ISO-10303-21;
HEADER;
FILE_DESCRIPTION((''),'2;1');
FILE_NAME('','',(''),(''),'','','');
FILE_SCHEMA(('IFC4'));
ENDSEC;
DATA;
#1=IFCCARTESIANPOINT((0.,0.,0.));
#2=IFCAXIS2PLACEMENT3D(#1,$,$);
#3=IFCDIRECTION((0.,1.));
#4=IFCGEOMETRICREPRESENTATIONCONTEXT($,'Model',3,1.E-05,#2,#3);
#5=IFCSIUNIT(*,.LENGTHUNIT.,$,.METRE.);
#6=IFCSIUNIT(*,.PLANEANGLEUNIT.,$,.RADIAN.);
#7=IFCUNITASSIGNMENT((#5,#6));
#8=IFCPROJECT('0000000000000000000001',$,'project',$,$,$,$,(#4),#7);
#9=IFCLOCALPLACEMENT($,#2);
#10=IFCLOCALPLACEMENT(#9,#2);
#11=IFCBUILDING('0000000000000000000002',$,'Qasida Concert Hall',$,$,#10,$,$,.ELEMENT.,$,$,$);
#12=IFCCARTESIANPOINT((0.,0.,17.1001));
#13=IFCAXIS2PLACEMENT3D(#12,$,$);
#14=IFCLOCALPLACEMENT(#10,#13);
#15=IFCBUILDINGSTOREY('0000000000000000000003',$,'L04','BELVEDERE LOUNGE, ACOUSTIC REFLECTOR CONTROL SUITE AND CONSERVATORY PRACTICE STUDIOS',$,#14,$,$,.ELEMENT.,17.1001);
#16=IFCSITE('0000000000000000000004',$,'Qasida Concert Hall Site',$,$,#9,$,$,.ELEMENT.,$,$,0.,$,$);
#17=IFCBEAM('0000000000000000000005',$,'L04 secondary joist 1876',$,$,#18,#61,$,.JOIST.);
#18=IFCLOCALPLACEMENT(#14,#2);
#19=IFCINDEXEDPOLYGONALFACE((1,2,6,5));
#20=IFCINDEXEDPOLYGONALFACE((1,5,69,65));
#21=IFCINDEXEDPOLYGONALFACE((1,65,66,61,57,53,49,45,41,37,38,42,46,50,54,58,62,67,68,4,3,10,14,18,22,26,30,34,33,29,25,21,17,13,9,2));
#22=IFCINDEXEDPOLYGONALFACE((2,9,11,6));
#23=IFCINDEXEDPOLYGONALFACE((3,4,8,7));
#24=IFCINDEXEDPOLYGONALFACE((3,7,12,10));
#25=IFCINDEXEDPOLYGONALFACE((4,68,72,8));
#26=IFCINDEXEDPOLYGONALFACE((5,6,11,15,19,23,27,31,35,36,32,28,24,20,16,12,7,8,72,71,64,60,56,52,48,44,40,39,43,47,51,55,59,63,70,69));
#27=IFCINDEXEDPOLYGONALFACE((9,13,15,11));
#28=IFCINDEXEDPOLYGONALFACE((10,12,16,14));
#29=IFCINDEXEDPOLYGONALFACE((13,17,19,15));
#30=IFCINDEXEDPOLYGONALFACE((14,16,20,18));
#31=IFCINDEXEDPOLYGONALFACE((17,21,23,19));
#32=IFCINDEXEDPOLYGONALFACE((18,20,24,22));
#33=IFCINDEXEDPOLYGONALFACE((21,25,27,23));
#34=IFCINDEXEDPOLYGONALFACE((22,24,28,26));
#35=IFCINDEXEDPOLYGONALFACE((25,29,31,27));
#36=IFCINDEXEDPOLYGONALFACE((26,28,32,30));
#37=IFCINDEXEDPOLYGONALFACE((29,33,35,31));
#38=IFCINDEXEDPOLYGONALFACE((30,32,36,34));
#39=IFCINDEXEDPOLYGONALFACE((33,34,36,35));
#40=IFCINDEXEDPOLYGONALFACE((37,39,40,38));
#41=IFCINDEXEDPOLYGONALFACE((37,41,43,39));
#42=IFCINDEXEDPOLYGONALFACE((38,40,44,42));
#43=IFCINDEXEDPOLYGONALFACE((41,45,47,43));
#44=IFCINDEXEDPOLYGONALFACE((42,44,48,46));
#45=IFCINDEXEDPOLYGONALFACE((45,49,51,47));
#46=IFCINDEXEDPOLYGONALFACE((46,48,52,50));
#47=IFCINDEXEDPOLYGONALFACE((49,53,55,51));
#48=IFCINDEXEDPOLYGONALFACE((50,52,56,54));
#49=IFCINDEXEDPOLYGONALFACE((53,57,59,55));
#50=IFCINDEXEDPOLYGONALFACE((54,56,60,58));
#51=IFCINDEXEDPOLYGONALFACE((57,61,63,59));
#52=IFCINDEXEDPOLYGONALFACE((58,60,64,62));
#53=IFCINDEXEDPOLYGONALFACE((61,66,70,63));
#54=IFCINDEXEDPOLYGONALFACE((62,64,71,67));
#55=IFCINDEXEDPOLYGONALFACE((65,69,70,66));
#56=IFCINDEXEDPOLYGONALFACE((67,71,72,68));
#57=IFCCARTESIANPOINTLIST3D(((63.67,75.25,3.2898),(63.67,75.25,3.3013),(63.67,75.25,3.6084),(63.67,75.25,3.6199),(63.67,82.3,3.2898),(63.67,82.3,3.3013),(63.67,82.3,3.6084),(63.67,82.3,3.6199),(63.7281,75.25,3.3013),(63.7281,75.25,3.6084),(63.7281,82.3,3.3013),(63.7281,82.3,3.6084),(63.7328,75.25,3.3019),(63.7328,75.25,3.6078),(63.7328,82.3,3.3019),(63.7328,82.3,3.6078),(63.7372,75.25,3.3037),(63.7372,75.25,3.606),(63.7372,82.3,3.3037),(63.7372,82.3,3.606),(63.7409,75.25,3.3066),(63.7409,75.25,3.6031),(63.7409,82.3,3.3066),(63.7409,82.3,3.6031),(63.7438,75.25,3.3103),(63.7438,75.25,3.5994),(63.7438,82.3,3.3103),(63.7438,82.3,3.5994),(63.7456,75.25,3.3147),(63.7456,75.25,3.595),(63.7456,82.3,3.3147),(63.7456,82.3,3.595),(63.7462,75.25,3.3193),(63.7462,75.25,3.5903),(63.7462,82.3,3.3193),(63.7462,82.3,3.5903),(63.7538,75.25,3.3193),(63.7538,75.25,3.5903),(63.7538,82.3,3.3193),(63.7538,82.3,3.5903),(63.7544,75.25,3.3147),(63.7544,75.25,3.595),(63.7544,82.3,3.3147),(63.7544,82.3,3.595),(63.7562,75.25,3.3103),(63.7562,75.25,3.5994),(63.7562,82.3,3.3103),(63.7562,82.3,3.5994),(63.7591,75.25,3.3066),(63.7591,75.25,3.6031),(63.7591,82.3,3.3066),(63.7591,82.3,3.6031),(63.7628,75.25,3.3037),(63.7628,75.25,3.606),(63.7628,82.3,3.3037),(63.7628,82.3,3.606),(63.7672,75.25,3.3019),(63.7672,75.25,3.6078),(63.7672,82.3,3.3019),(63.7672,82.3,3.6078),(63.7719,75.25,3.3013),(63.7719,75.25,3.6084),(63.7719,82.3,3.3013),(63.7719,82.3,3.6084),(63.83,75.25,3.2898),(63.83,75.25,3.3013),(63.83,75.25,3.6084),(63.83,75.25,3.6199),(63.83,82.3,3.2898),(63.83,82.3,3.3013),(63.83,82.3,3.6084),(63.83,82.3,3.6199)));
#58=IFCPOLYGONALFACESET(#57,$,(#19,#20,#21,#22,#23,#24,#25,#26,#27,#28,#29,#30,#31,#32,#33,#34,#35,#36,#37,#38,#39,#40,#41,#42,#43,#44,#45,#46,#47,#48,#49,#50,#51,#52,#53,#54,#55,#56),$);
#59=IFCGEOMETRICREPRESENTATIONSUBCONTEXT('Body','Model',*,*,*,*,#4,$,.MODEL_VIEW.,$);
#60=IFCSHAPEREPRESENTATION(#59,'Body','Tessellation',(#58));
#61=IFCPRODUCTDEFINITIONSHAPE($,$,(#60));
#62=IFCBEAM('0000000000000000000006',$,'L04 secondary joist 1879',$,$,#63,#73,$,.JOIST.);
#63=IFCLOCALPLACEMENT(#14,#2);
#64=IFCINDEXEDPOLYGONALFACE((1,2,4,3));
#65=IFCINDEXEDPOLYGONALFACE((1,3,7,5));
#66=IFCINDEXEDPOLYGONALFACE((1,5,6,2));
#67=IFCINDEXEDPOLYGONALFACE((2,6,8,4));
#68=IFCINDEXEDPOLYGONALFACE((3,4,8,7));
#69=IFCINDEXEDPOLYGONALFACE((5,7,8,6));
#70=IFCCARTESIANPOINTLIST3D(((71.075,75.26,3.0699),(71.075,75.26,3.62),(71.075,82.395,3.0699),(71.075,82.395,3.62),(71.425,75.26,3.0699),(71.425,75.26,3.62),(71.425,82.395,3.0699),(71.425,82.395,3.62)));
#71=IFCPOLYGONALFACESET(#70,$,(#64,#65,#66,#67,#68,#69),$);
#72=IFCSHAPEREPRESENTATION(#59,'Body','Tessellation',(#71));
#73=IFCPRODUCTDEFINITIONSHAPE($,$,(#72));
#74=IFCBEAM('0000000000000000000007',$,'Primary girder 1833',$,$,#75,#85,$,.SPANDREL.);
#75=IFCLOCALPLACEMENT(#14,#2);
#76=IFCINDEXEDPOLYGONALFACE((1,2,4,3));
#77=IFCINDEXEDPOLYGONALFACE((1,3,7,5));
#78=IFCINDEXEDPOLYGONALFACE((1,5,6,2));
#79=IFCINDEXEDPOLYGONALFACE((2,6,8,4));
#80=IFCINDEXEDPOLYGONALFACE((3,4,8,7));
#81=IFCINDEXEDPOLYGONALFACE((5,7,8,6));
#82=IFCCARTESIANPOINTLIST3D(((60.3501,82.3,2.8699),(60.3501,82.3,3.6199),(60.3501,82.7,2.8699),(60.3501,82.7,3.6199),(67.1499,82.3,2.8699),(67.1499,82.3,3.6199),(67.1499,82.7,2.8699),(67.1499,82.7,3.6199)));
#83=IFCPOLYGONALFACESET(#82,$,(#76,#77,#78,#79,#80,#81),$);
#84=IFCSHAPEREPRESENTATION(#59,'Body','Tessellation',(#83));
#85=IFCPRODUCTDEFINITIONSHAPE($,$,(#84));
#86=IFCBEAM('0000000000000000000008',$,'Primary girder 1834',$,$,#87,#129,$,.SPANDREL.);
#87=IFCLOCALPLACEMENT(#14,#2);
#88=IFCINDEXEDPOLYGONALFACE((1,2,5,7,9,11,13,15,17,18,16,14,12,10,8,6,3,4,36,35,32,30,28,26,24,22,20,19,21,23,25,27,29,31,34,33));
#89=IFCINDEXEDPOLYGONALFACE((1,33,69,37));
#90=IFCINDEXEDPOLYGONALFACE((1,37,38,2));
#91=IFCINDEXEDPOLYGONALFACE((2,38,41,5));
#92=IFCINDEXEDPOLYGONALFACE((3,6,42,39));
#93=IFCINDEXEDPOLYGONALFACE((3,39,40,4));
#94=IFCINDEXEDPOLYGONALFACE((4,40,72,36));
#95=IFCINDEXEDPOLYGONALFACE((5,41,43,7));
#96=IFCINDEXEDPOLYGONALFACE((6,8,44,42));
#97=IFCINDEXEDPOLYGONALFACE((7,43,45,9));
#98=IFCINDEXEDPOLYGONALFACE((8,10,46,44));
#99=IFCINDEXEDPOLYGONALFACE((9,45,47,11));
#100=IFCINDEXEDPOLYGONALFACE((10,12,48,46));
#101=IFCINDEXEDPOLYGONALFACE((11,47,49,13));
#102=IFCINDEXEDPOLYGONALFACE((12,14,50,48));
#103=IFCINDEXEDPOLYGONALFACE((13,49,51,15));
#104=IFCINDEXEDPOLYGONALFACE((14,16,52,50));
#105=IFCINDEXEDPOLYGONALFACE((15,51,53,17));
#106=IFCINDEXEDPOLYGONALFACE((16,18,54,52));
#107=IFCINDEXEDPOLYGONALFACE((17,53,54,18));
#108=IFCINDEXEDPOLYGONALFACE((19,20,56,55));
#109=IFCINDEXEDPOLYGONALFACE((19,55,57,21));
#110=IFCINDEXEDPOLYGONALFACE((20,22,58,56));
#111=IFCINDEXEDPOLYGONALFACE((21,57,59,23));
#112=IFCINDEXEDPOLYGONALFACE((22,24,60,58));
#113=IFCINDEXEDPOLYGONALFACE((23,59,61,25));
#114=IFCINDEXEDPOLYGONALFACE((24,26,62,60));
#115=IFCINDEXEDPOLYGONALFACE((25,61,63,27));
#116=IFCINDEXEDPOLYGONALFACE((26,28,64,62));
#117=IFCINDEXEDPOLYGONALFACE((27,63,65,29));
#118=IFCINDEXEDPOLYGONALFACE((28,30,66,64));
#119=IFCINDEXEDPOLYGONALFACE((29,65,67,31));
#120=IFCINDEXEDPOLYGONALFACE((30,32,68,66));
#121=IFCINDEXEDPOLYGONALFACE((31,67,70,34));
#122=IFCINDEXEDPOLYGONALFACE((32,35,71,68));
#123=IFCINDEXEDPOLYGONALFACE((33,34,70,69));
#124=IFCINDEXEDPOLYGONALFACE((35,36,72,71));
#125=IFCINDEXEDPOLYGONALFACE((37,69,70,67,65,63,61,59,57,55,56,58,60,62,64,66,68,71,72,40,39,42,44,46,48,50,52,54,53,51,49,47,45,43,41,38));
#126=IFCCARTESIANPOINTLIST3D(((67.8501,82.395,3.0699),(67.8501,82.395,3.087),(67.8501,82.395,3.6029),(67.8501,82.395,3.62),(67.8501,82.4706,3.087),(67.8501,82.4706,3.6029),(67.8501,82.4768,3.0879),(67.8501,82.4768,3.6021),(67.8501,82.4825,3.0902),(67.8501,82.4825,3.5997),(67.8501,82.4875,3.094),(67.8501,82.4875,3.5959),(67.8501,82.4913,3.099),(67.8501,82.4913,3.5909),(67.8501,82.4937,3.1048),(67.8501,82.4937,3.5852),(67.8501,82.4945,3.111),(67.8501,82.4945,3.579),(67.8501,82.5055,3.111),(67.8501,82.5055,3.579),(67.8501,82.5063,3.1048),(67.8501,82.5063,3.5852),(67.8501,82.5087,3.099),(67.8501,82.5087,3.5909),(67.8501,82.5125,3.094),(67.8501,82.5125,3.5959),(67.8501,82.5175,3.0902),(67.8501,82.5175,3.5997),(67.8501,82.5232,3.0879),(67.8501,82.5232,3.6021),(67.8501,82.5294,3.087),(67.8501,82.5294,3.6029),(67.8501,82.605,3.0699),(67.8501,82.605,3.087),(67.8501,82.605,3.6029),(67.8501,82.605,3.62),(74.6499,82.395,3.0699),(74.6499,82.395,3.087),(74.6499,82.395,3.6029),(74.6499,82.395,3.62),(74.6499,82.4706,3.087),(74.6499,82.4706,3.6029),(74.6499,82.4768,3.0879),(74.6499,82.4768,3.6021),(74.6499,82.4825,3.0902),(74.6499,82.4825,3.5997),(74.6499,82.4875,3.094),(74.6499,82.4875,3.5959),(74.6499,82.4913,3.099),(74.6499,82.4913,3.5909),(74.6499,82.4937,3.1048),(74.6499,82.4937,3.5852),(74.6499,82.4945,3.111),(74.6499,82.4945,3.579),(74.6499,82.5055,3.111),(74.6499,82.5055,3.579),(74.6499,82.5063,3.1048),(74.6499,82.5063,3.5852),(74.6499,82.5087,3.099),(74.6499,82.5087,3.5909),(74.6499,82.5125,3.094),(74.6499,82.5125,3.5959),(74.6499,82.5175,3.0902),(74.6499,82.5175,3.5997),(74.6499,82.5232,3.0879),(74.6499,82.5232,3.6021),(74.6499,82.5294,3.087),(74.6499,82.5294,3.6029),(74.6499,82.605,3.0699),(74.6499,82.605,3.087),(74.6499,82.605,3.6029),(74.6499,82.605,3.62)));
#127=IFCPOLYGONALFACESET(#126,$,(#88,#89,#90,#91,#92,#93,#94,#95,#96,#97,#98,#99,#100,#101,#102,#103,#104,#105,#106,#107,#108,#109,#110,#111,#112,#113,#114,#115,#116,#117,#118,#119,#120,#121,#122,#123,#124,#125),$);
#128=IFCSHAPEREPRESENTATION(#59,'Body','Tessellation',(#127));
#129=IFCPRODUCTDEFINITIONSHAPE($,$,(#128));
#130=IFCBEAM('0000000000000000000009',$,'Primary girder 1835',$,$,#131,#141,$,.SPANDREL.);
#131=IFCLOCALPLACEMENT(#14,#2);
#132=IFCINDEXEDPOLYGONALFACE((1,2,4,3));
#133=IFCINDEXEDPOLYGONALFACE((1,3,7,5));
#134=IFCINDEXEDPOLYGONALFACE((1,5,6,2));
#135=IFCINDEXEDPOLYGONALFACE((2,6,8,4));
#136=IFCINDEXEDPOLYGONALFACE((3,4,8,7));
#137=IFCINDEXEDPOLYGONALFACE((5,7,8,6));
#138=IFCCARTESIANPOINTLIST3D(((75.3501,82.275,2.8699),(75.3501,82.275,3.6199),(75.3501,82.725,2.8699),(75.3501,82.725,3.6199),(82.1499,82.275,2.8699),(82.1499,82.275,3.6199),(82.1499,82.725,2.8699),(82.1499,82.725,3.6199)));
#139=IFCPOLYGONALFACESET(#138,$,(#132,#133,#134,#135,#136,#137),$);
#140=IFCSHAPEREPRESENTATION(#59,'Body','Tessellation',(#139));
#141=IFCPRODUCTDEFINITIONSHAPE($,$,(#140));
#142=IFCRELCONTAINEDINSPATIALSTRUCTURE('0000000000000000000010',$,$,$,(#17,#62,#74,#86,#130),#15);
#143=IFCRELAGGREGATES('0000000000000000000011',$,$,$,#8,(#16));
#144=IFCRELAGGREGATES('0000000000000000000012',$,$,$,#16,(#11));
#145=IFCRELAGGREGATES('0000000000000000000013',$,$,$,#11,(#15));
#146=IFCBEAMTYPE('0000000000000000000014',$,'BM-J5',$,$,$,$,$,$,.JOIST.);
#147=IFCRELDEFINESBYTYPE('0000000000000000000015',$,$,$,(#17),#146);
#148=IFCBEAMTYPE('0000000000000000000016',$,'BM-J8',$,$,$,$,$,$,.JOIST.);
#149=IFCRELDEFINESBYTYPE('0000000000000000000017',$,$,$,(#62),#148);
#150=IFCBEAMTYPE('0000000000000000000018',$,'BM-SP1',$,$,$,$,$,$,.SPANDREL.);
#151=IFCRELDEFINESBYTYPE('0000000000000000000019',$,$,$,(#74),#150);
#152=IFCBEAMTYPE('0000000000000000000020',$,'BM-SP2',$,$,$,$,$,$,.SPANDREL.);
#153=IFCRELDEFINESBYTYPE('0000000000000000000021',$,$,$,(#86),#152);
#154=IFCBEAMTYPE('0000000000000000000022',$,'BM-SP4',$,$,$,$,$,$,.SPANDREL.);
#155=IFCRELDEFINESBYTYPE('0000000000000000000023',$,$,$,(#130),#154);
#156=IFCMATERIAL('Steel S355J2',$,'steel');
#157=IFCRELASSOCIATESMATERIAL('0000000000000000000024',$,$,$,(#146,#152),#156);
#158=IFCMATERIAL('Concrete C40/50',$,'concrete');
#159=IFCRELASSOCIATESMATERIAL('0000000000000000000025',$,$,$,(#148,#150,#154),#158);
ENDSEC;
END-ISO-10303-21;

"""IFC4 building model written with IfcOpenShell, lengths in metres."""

from ifc_helpers import new_model, si_unit, direction, frame, origin, origin_2d, place, context, subcontext, project, spatial, rectangle, i_section, extrude, material, material_profile, profile_set, type_object, element, save


model = new_model("IFC4")

# Units and contexts
model_context = context("Model", 3, precision=1e-05, world=origin(), true_north=direction((0.0, 1.0)))
body_context = subcontext(model_context, "Body", "Model", "MODEL_VIEW")
ifc_project = project(units=[si_unit("LENGTHUNIT", "METRE"), si_unit("PLANEANGLEUNIT", "RADIAN")], contexts=[model_context])

# Site, building, storey
site_placement = place(None, origin())
site = spatial("IfcSite", under=ifc_project, at=site_placement, Name="Qasida Concert Hall Site", CompositionType="ELEMENT", RefElevation=0.0)
building_placement = place(site_placement, origin())
building = spatial("IfcBuilding", under=site, at=building_placement, Name="Qasida Concert Hall", CompositionType="ELEMENT")
storey_placement = place(building_placement, frame((0.0, 0.0, 17.1001)))
storey = spatial("IfcBuildingStorey", under=building, at=storey_placement, Name="L04", Description="BELVEDERE LOUNGE, ACOUSTIC REFLECTOR CONTROL SUITE AND CONSERVATORY PRACTICE STUDIOS", CompositionType="ELEMENT", Elevation=17.1001)

# Beams
ifc_material_1 = material(Name="Concrete C40/50", Category="concrete")
ifc_material_2 = material(Name="Steel S355J2", Category="steel")
ifc_material_profile_1 = material_profile(ifc_material_2, i_section(OverallWidth=0.1599, OverallDepth=0.3301, WebThickness=0.0076, FlangeThickness=0.0115, FilletRadius=0.0181, at=origin_2d()), Name="IPE 330")
ifc_profile_set_1 = profile_set([ifc_material_profile_1], Name="Steel S355J2")
beam_type_1 = type_object("IfcBeamType", Name="BM-J5", PredefinedType="JOIST", material=ifc_profile_set_1)
beam_1_placement = place(storey_placement, frame((63.75, 75.25, 3.4548), z_axis=(0.0, 1.0, 0.0), x_axis=(-1.0, 0.0, 0.0)))
element("IfcBeam", 1, at=beam_1_placement, inside=storey, type_object=beam_type_1, Name="L04 secondary joist 1876", PredefinedType="JOIST", context=body_context, shape_type="SweptSolid", body=[
    extrude(i_section(OverallWidth=0.1599, OverallDepth=0.3301, WebThickness=0.0076, FlangeThickness=0.0115, FilletRadius=0.0181, at=origin_2d()), origin(), (0.0, 0.0, 1.0), 7.05),
])
ifc_material_profile_2 = material_profile(ifc_material_1, rectangle(XDim=0.3501, YDim=0.55, at=origin_2d()), Name="RC 350x550")
ifc_profile_set_2 = profile_set([ifc_material_profile_2], Name="Concrete C40/50")
beam_type_2 = type_object("IfcBeamType", Name="BM-J8", PredefinedType="JOIST", material=ifc_profile_set_2)
beam_2_placement = place(storey_placement, frame((71.25, 75.26, 3.345), z_axis=(0.0, 1.0, 0.0), x_axis=(-1.0, 0.0, 0.0)))
element("IfcBeam", 2, at=beam_2_placement, inside=storey, type_object=beam_type_2, Name="L04 secondary joist 1879", PredefinedType="JOIST", context=body_context, shape_type="SweptSolid", body=[
    extrude(rectangle(XDim=0.3501, YDim=0.55, at=origin_2d()), origin(), (0.0, 0.0, 1.0), 7.135),
])
ifc_material_profile_3 = material_profile(ifc_material_1, rectangle(XDim=0.3999, YDim=0.75, at=origin_2d()), Name="RC 400x750")
ifc_profile_set_3 = profile_set([ifc_material_profile_3], Name="Concrete C40/50")
beam_type_3 = type_object("IfcBeamType", Name="BM-SP1", PredefinedType="SPANDREL", material=ifc_profile_set_3)
beam_3_placement = place(storey_placement, frame((60.3501, 82.5, 3.2449), z_axis=(1.0, 0.0, 0.0), x_axis=(0.0, 1.0, 0.0)))
element("IfcBeam", 3, at=beam_3_placement, inside=storey, type_object=beam_type_3, Name="Primary girder 1833", PredefinedType="SPANDREL", context=body_context, shape_type="SweptSolid", body=[
    extrude(rectangle(XDim=0.3999, YDim=0.75, at=origin_2d()), origin(), (0.0, 0.0, 1.0), 6.7998),
])
ifc_material_profile_4 = material_profile(ifc_material_2, i_section(OverallWidth=0.21, OverallDepth=0.55, WebThickness=0.011, FlangeThickness=0.0171, FilletRadius=0.0239, at=origin_2d()), Name="IPE 550")
ifc_profile_set_4 = profile_set([ifc_material_profile_4], Name="Steel S355J2")
beam_type_4 = type_object("IfcBeamType", Name="BM-SP2", PredefinedType="SPANDREL", material=ifc_profile_set_4)
beam_4_placement = place(storey_placement, frame((67.8501, 82.5, 3.345), z_axis=(1.0, 0.0, 0.0), x_axis=(0.0, 1.0, 0.0)))
element("IfcBeam", 4, at=beam_4_placement, inside=storey, type_object=beam_type_4, Name="Primary girder 1834", PredefinedType="SPANDREL", context=body_context, shape_type="SweptSolid", body=[
    extrude(i_section(OverallWidth=0.21, OverallDepth=0.55, WebThickness=0.011, FlangeThickness=0.0171, FilletRadius=0.0239, at=origin_2d()), origin(), (0.0, 0.0, 1.0), 6.7998),
])
ifc_material_profile_5 = material_profile(ifc_material_1, rectangle(XDim=0.45, YDim=0.75, at=origin_2d()), Name="RC 450x750")
ifc_profile_set_5 = profile_set([ifc_material_profile_5], Name="Concrete C40/50")
beam_type_5 = type_object("IfcBeamType", Name="BM-SP4", PredefinedType="SPANDREL", material=ifc_profile_set_5)
beam_5_placement = place(storey_placement, frame((75.3501, 82.5, 3.2449), z_axis=(1.0, 0.0, 0.0), x_axis=(0.0, 1.0, 0.0)))
element("IfcBeam", 5, at=beam_5_placement, inside=storey, type_object=beam_type_5, Name="Primary girder 1835", PredefinedType="SPANDREL", context=body_context, shape_type="SweptSolid", body=[
    extrude(rectangle(XDim=0.45, YDim=0.75, at=origin_2d()), origin(), (0.0, 0.0, 1.0), 6.7998),
])

save(model, "model.ifc")
